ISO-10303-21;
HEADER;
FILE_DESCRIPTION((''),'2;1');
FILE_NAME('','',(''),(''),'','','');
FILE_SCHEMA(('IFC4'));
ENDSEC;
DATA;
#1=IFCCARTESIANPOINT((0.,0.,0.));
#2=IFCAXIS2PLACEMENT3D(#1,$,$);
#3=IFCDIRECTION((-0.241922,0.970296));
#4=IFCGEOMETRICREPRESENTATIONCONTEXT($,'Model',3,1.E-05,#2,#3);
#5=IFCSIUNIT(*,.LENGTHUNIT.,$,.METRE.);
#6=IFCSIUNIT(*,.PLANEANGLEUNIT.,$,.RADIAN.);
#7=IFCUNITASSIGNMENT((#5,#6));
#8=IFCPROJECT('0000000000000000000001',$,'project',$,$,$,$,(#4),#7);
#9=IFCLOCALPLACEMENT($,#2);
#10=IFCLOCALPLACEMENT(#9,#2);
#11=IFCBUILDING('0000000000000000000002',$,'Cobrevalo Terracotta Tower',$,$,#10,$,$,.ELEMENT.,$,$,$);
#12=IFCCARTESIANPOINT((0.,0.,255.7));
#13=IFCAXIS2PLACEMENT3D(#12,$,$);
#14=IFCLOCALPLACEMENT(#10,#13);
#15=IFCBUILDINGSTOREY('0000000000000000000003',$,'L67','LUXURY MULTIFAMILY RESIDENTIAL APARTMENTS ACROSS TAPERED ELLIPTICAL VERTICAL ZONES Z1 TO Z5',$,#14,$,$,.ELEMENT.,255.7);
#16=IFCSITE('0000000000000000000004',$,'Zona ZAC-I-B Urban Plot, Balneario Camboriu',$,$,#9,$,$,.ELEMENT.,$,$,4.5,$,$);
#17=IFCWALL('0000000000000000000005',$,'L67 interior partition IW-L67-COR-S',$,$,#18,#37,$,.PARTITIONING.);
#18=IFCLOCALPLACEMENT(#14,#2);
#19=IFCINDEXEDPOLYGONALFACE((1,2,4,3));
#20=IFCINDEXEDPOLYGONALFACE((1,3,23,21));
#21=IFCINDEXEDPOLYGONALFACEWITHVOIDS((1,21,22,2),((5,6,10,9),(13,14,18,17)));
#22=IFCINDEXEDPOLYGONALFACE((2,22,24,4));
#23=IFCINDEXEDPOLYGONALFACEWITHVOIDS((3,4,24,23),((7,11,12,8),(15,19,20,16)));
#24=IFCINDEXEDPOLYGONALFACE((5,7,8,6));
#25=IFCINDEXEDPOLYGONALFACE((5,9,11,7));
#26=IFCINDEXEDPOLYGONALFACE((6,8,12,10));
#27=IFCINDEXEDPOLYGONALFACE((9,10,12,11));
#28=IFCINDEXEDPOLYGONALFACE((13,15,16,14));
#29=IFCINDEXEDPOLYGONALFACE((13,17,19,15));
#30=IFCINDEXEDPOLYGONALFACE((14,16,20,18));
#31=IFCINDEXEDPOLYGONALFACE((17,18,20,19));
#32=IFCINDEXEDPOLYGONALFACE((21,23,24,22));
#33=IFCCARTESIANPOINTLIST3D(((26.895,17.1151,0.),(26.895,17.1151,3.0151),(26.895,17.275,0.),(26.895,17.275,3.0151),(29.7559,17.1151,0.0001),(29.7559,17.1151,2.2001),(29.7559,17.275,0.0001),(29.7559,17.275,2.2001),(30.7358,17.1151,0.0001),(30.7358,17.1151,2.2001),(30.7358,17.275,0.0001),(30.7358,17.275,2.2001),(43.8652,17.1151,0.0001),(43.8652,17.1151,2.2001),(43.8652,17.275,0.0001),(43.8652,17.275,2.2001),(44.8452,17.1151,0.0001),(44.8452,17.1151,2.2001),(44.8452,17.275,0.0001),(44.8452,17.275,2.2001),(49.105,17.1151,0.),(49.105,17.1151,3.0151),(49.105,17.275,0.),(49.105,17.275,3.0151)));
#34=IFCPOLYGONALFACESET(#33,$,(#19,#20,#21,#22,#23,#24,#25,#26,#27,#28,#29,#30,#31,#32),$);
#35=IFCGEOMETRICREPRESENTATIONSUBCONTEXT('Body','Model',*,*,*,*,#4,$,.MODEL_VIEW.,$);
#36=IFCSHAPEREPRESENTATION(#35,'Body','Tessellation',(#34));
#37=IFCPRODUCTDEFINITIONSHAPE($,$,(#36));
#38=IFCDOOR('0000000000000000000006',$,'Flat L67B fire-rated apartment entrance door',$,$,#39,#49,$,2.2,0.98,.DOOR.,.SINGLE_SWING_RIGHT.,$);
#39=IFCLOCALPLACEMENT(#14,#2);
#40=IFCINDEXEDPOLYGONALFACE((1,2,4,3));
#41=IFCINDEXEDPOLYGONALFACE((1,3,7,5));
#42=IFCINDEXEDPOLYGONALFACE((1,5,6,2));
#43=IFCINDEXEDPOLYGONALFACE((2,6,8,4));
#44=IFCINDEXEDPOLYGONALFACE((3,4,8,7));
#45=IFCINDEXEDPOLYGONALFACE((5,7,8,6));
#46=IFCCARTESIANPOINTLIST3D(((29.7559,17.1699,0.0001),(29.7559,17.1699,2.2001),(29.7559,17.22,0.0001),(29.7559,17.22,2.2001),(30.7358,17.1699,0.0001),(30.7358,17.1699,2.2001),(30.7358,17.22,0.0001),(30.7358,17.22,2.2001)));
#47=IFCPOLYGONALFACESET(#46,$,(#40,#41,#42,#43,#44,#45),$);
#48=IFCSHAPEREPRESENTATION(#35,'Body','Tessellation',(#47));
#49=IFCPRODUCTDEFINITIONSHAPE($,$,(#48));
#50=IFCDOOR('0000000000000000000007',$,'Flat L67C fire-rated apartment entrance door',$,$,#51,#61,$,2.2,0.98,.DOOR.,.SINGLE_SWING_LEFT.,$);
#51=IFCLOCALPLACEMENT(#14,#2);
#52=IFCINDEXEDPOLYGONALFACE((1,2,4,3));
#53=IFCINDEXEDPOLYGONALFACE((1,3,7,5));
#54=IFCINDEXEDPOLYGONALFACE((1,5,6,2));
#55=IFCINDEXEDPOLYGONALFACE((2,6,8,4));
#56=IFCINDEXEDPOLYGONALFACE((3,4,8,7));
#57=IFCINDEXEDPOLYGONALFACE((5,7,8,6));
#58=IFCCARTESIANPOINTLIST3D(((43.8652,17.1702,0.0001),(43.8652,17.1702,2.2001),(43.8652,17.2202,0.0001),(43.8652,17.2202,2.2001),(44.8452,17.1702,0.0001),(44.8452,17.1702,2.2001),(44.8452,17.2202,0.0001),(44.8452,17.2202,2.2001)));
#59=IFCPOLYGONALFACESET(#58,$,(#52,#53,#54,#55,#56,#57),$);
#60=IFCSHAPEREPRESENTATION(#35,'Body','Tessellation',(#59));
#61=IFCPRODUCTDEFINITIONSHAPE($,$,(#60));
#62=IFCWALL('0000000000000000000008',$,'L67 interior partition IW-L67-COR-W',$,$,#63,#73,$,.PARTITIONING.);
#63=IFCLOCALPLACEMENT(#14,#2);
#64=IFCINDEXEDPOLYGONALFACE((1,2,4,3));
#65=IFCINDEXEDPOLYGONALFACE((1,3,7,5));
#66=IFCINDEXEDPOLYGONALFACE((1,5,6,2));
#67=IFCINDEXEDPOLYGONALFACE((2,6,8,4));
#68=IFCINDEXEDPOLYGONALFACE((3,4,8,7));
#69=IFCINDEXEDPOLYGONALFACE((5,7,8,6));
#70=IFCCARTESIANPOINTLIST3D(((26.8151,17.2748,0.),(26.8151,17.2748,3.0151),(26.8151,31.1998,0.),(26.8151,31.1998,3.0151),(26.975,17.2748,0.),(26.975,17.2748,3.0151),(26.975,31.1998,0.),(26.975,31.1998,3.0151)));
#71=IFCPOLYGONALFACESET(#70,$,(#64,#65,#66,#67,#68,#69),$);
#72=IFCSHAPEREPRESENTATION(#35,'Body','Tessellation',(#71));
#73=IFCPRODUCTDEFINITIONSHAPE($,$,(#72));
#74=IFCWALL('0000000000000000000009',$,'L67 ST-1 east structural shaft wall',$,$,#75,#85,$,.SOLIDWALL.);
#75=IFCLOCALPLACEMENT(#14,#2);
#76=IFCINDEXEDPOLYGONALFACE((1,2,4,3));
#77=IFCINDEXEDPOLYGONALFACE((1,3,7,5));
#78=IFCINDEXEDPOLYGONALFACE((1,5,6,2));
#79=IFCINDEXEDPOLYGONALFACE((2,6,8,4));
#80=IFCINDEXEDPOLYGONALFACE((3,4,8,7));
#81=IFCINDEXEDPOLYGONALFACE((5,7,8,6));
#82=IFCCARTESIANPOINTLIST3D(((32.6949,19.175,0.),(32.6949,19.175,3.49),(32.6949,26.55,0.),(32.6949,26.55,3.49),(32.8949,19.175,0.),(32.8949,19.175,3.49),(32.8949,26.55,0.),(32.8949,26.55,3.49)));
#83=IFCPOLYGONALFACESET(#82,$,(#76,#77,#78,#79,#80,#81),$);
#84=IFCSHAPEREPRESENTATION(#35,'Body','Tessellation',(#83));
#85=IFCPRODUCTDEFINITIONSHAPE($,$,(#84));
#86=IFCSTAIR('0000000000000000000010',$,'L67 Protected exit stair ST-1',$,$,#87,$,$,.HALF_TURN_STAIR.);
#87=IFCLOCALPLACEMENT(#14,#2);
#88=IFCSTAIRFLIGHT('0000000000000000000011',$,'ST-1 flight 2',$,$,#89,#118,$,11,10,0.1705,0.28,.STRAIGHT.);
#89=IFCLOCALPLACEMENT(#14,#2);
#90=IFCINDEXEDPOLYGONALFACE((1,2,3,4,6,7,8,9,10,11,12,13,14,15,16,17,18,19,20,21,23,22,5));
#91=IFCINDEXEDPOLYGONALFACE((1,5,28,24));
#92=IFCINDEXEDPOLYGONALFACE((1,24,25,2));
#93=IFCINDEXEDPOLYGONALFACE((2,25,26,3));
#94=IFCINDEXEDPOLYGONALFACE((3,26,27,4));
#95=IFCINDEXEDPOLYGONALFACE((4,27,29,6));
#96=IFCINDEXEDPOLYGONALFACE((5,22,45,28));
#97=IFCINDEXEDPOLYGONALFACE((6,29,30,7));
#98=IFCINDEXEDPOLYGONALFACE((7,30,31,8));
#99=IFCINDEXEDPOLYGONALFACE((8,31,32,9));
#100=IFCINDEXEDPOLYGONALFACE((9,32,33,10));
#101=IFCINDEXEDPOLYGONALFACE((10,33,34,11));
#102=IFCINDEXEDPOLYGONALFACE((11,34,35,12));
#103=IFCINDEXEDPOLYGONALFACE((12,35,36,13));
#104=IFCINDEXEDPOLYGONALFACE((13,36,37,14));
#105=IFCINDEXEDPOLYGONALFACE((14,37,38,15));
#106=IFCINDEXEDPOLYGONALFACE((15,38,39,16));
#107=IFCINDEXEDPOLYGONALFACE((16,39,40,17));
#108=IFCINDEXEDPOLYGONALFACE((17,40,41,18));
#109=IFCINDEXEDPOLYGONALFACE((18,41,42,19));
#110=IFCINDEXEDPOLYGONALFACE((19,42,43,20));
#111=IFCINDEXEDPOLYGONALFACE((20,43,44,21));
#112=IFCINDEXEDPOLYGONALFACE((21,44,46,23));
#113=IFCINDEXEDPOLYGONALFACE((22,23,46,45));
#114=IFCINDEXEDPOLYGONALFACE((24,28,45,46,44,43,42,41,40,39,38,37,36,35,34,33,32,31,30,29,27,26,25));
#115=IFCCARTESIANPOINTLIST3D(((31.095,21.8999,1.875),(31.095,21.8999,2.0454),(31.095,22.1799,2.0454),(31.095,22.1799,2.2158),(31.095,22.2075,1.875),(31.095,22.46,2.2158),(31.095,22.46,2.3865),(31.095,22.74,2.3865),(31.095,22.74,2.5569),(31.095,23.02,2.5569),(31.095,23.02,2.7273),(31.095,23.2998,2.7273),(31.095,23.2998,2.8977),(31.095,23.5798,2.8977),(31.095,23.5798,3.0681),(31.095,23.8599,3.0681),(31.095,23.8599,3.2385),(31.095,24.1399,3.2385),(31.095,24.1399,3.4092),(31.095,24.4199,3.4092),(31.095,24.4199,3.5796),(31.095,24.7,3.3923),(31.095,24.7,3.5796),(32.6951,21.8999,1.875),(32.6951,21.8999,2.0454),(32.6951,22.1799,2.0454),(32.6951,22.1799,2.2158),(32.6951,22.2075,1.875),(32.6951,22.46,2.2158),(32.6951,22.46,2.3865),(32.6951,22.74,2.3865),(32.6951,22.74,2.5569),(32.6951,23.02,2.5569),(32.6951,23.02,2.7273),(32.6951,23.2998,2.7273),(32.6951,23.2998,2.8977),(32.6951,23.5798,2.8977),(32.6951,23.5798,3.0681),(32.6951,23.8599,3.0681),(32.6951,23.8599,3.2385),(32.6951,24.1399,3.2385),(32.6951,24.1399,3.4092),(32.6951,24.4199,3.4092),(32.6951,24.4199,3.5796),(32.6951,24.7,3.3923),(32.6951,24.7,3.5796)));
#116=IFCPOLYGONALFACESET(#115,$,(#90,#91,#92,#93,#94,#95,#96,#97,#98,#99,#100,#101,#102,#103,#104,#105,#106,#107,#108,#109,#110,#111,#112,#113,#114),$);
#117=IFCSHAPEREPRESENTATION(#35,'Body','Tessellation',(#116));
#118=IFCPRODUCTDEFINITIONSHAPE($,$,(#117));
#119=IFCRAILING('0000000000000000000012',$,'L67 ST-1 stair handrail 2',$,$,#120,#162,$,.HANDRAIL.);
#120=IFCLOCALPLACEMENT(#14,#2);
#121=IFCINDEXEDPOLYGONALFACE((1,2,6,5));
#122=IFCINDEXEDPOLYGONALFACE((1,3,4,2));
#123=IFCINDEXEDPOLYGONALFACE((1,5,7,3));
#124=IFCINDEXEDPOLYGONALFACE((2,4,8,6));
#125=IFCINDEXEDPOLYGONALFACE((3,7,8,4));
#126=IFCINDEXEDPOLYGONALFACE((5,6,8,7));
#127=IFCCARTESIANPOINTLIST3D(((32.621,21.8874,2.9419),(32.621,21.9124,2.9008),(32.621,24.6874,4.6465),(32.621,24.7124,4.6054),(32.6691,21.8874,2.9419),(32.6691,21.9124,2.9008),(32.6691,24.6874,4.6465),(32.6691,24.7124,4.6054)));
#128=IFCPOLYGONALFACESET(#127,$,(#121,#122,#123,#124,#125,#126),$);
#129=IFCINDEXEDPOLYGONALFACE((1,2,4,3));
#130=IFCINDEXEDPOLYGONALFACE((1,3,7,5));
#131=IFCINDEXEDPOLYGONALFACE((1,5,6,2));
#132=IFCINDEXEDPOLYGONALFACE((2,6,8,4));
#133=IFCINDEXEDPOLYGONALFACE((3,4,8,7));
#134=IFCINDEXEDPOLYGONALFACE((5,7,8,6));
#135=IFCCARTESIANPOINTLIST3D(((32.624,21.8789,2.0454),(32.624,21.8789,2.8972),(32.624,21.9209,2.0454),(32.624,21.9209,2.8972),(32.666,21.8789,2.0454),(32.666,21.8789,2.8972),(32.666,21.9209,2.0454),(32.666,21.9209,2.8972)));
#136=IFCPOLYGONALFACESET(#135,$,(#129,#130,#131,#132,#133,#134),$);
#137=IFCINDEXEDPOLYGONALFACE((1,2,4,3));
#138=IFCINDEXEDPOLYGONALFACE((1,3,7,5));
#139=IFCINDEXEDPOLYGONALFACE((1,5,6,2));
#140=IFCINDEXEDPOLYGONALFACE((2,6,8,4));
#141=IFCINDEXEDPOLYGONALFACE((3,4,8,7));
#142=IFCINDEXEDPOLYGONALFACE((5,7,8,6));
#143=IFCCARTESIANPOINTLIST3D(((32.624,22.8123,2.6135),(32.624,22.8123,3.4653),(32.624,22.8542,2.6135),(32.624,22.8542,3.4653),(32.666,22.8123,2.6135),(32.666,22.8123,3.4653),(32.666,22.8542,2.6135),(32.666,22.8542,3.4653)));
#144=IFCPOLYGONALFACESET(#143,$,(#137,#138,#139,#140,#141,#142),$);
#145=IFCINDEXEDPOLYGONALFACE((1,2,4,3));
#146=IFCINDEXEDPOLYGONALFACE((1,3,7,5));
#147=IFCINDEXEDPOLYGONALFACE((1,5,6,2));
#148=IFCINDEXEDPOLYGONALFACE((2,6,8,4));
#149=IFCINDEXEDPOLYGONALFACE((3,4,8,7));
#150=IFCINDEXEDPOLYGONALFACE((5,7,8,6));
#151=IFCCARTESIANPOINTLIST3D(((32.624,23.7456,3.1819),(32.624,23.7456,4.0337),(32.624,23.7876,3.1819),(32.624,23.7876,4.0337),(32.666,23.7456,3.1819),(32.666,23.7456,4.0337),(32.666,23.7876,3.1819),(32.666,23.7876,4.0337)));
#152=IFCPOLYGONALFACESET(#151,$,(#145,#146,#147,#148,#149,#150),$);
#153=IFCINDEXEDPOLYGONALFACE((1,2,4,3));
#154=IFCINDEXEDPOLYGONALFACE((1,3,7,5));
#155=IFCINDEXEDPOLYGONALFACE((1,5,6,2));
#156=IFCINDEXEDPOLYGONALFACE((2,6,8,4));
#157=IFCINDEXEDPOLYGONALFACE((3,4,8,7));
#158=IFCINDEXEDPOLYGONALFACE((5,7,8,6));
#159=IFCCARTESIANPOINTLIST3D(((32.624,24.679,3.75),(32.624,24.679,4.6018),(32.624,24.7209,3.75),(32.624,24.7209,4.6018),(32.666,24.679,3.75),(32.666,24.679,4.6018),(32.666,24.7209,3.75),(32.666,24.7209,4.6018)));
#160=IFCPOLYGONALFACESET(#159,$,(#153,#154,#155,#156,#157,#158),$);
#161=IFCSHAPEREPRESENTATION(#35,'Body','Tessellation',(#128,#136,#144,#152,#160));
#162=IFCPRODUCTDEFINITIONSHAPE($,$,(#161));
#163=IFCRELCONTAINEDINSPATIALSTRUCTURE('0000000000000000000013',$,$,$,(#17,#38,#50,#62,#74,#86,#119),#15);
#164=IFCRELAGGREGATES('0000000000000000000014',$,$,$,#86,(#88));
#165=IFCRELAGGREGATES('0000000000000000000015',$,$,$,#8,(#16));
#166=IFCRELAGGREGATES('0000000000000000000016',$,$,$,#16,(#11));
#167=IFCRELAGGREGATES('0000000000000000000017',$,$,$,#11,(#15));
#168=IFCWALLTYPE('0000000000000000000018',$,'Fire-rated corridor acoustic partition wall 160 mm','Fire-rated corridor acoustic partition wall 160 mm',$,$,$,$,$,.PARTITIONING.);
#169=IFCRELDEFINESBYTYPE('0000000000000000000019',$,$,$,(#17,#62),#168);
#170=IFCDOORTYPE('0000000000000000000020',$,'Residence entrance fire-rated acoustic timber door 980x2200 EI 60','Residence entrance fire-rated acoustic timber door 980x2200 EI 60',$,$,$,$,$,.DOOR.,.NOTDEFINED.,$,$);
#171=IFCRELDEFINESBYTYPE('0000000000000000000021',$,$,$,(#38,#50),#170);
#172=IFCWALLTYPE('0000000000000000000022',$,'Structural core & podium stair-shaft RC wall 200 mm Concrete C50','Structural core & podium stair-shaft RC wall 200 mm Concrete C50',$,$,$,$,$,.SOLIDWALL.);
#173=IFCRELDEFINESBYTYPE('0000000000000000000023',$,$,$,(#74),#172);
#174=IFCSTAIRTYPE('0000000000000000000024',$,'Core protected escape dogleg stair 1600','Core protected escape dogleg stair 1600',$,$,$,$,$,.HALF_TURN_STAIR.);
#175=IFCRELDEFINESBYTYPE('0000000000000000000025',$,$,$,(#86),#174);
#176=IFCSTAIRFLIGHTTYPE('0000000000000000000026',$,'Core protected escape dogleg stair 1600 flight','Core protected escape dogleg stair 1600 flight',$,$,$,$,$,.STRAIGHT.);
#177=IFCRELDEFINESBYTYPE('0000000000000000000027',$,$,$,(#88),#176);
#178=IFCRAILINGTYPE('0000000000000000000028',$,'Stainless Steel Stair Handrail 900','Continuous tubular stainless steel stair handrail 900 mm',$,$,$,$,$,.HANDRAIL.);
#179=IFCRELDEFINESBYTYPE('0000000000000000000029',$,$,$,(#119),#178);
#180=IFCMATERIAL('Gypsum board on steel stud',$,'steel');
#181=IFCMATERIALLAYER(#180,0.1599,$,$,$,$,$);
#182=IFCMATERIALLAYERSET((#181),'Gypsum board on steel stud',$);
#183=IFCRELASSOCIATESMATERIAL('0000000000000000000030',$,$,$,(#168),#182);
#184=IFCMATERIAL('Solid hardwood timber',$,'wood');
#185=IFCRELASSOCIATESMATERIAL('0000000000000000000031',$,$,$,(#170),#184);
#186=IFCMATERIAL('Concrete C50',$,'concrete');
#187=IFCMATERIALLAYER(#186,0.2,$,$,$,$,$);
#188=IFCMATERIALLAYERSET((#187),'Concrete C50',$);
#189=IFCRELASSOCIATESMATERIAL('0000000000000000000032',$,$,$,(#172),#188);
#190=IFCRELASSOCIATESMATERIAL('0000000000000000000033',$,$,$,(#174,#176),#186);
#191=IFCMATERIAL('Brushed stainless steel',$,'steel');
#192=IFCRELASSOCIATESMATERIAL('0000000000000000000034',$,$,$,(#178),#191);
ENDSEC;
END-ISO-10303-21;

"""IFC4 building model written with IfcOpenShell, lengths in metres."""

from ifc_helpers import new_model, si_unit, direction, frame, frame_2d, origin, origin_2d, place, context, subcontext, project, spatial, polyline, rectangle, outline, extrude, source, transform, mapped, material, layer, layer_set, type_object, element, fill, aggregate, save


model = new_model("IFC4")

# Units and contexts
model_context = context("Model", 3, precision=1e-05, world=origin(), true_north=direction((-0.241922, 0.970296)))
body_context = subcontext(model_context, "Body", "Model", "MODEL_VIEW")
ifc_project = project(units=[si_unit("LENGTHUNIT", "METRE"), si_unit("PLANEANGLEUNIT", "RADIAN")], contexts=[model_context])

# Site, building, storey
site_placement = place(None, origin())
site = spatial("IfcSite", under=ifc_project, at=site_placement, Name="Zona ZAC-I-B Urban Plot, Balneario Camboriu", CompositionType="ELEMENT", RefElevation=4.5)
building_placement = place(site_placement, origin())
building = spatial("IfcBuilding", under=site, at=building_placement, Name="Cobrevalo Terracotta Tower", CompositionType="ELEMENT")
storey_placement = place(building_placement, frame((0.0, 0.0, 255.7)))
storey = spatial("IfcBuildingStorey", under=building, at=storey_placement, Name="L67", Description="LUXURY MULTIFAMILY RESIDENTIAL APARTMENTS ACROSS TAPERED ELLIPTICAL VERTICAL ZONES Z1 TO Z5", CompositionType="ELEMENT", Elevation=255.7)

# Shared definitions
ifc_material_1 = material(Name="Concrete C50", Category="concrete")

# Wall, openings, doors
ifc_material_2 = material(Name="Gypsum board on steel stud", Category="steel")
ifc_layer_1 = layer(ifc_material_2, 0.1599)
ifc_layer_set_1 = layer_set([ifc_layer_1], Name="Gypsum board on steel stud")
wall_type_1 = type_object("IfcWallType", Name="Fire-rated corridor acoustic partition wall 160 mm", Description="Fire-rated corridor acoustic partition wall 160 mm", PredefinedType="PARTITIONING", material=ifc_layer_set_1)
wall_1_placement = place(storey_placement, frame((26.895, 17.1951, 0.0), z_axis=(0.0, 0.0, 1.0), x_axis=(1.0, 0.0, 0.0)))
wall_1 = element("IfcWall", 1, at=wall_1_placement, inside=storey, type_object=wall_type_1, Name="L67 interior partition IW-L67-COR-S", PredefinedType="PARTITIONING", context=body_context, shape_type="SweptSolid", body=[
    extrude(rectangle(XDim=22.21, YDim=0.1599, at=frame_2d((11.105, 0.0))), origin(), (0.0, 0.0, 1.0), 3.0151),
])
opening_1_placement = place(wall_1_placement, frame((2.8608, 0.0, 0.0)))
opening_1 = element("IfcOpeningElement", 2, at=opening_1_placement, cuts=wall_1, PredefinedType="OPENING", context=body_context, shape_type="SweptSolid", body=[
    extrude(rectangle(XDim=0.98, YDim=2.2, at=frame_2d((0.49, 1.1001))), frame((0.0, 0.0898, 0.0), z_axis=(0.0, -1.0, 0.0), x_axis=(1.0, 0.0, 0.0)), (0.0, 0.0, 1.0), 0.1799),
])
opening_2_placement = place(wall_1_placement, frame((16.9702, 0.0, 0.0)))
opening_2 = element("IfcOpeningElement", 3, at=opening_2_placement, cuts=wall_1, PredefinedType="OPENING", context=body_context, shape_type="SweptSolid", body=[
    extrude(rectangle(XDim=0.98, YDim=2.2, at=frame_2d((0.49, 1.1001))), frame((0.0, 0.0898, 0.0), z_axis=(0.0, -1.0, 0.0), x_axis=(1.0, 0.0, 0.0)), (0.0, 0.0, 1.0), 0.1799),
])
ifc_material_3 = material(Name="Solid hardwood timber", Category="wood")
door_type_1 = type_object("IfcDoorType", Name="Residence entrance fire-rated acoustic timber door 980x2200 EI 60", Description="Residence entrance fire-rated acoustic timber door 980x2200 EI 60", OperationType="NOTDEFINED", PredefinedType="DOOR", material=ifc_material_3)
shared_shape_1 = source(origin(), body_context, "Body", "SweptSolid", [
    extrude(rectangle(XDim=0.98, YDim=2.2, at=frame_2d((0.49, 1.1001))), frame((0.0, 0.0249, 0.0), z_axis=(0.0, -1.0, 0.0), x_axis=(1.0, 0.0, 0.0)), (0.0, 0.0, 1.0), 0.05),
])
door_1_placement = place(opening_1_placement, origin())
door_1 = element("IfcDoor", 4, at=door_1_placement, inside=storey, type_object=door_type_1, Name="Flat L67B fire-rated apartment entrance door", OperationType="SINGLE_SWING_RIGHT", OverallHeight=2.2, OverallWidth=0.98, PredefinedType="DOOR", context=body_context, shape_type="MappedRepresentation", body=[
    mapped(shared_shape_1, transform((0.0, 0.0, 0.0), scale=1.0)),
])
fill(opening_1, door_1)
door_2_placement = place(opening_2_placement, frame((0.98, 0.0, 0.0), z_axis=(0.0, 0.0, 1.0), x_axis=(-1.0, 0.0, 0.0)))
door_2 = element("IfcDoor", 5, at=door_2_placement, inside=storey, type_object=door_type_1, Name="Flat L67C fire-rated apartment entrance door", OperationType="SINGLE_SWING_LEFT", OverallHeight=2.2, OverallWidth=0.98, PredefinedType="DOOR", context=body_context, shape_type="MappedRepresentation", body=[
    mapped(shared_shape_1, transform((0.0, 0.0, 0.0), scale=1.0)),
])
fill(opening_2, door_2)

# Wall
wall_2_placement = place(storey_placement, frame((26.895, 17.2749, 0.0), z_axis=(0.0, 0.0, 1.0), x_axis=(0.0, 1.0, 0.0)))
element("IfcWall", 6, at=wall_2_placement, inside=storey, type_object=wall_type_1, Name="L67 interior partition IW-L67-COR-W", PredefinedType="PARTITIONING", context=body_context, shape_type="SweptSolid", body=[
    extrude(rectangle(XDim=13.925, YDim=0.1599, at=frame_2d((6.9624, 0.0))), origin(), (0.0, 0.0, 1.0), 3.0151),
])

# Wall
ifc_layer_2 = layer(ifc_material_1, 0.2)
ifc_layer_set_2 = layer_set([ifc_layer_2], Name="Concrete C50")
wall_type_2 = type_object("IfcWallType", Name="Structural core & podium stair-shaft RC wall 200 mm Concrete C50", Description="Structural core & podium stair-shaft RC wall 200 mm Concrete C50", PredefinedType="SOLIDWALL", material=ifc_layer_set_2)
wall_3_placement = place(storey_placement, frame((32.7949, 19.175, 0.0), z_axis=(0.0, 0.0, 1.0), x_axis=(0.0, 1.0, 0.0)))
element("IfcWall", 7, at=wall_3_placement, inside=storey, type_object=wall_type_2, Name="L67 ST-1 east structural shaft wall", PredefinedType="SOLIDWALL", context=body_context, shape_type="SweptSolid", body=[
    extrude(rectangle(XDim=7.375, YDim=0.2, at=frame_2d((3.6875, 0.0))), origin(), (0.0, 0.0, 1.0), 3.49),
])

# Stair, stair flight
stair_type = type_object("IfcStairType", Name="Core protected escape dogleg stair 1600", Description="Core protected escape dogleg stair 1600", PredefinedType="HALF_TURN_STAIR", material=ifc_material_1)
stair_placement = place(storey_placement, origin())
stair = element("IfcStair", 8, at=stair_placement, inside=storey, type_object=stair_type, Name="L67 Protected exit stair ST-1", PredefinedType="HALF_TURN_STAIR")
stair_flight_type = type_object("IfcStairFlightType", Name="Core protected escape dogleg stair 1600 flight", Description="Core protected escape dogleg stair 1600 flight", PredefinedType="STRAIGHT", material=ifc_material_1)
stair_flight_placement = place(storey_placement, frame((31.895, 21.8999, 1.875), z_axis=(0.0, 0.0, 1.0), x_axis=(0.0, 1.0, 0.0)))
stair_flight = element("IfcStairFlight", 9, at=stair_flight_placement, type_object=stair_flight_type, Name="ST-1 flight 2", NumberOfRisers=11, NumberOfTreads=10, PredefinedType="STRAIGHT", RiserHeight=0.1705, TreadLength=0.28, context=body_context, shape_type="SweptSolid", body=[
    extrude(outline(polyline([(0.0, 0.0), (0.0, 0.1704), (0.28, 0.1704), (0.28, 0.3408), (0.5601, 0.3408), (0.5601, 0.5115), (0.8401, 0.5115), (0.8401, 0.6819), (1.1201, 0.6819), (1.1201, 0.8523), (1.3999, 0.8523), (1.3999, 1.0227), (1.6799, 1.0227), (1.6799, 1.1931), (1.96, 1.1931), (1.96, 1.3635), (2.24, 1.3635), (2.24, 1.5342), (2.52, 1.5342), (2.52, 1.7046), (2.8, 1.7046), (2.8, 1.875), (2.8, 1.5173), (0.3076, 0.0), (0.0, 0.0)])), frame((0.0, 0.8, 0.0), z_axis=(0.0, -1.0, 0.0), x_axis=(1.0, 0.0, 0.0)), (0.0, 0.0, 1.0), 1.6001),
])
aggregate(stair, [stair_flight])

# Railing
ifc_material_4 = material(Name="Brushed stainless steel", Category="steel")
railing_type_1 = type_object("IfcRailingType", Name="Stainless Steel Stair Handrail 900", Description="Continuous tubular stainless steel stair handrail 900 mm", PredefinedType="HANDRAIL", material=ifc_material_4)
railing_1_placement = place(storey_placement, frame((32.645, 21.8999, 2.0454)))
element("IfcRailing", 10, at=railing_1_placement, inside=storey, type_object=railing_type_1, Name="L67 ST-1 stair handrail 2", PredefinedType="HANDRAIL", context=body_context, shape_type="SweptSolid", body=[
    extrude(rectangle(XDim=0.0481, YDim=0.0481, at=origin_2d()), frame((0.0, 0.0, 0.876), z_axis=(0.0, 0.85417, 0.519994), x_axis=(-1.0, 0.0, 0.0)), (0.0, 0.0, 1.0), 3.2781),
    extrude(rectangle(XDim=0.042, YDim=0.042, at=origin_2d()), origin(), (0.0, 0.0, 1.0), 0.8518),
    extrude(rectangle(XDim=0.042, YDim=0.042, at=origin_2d()), frame((0.0, 0.9333, 0.5681)), (0.0, 0.0, 1.0), 0.8518),
    extrude(rectangle(XDim=0.042, YDim=0.042, at=origin_2d()), frame((0.0, 1.8667, 1.1365)), (0.0, 0.0, 1.0), 0.8518),
    extrude(rectangle(XDim=0.042, YDim=0.042, at=origin_2d()), frame((0.0, 2.8, 1.7046)), (0.0, 0.0, 1.0), 0.8518),
])

save(model, "model.ifc")
